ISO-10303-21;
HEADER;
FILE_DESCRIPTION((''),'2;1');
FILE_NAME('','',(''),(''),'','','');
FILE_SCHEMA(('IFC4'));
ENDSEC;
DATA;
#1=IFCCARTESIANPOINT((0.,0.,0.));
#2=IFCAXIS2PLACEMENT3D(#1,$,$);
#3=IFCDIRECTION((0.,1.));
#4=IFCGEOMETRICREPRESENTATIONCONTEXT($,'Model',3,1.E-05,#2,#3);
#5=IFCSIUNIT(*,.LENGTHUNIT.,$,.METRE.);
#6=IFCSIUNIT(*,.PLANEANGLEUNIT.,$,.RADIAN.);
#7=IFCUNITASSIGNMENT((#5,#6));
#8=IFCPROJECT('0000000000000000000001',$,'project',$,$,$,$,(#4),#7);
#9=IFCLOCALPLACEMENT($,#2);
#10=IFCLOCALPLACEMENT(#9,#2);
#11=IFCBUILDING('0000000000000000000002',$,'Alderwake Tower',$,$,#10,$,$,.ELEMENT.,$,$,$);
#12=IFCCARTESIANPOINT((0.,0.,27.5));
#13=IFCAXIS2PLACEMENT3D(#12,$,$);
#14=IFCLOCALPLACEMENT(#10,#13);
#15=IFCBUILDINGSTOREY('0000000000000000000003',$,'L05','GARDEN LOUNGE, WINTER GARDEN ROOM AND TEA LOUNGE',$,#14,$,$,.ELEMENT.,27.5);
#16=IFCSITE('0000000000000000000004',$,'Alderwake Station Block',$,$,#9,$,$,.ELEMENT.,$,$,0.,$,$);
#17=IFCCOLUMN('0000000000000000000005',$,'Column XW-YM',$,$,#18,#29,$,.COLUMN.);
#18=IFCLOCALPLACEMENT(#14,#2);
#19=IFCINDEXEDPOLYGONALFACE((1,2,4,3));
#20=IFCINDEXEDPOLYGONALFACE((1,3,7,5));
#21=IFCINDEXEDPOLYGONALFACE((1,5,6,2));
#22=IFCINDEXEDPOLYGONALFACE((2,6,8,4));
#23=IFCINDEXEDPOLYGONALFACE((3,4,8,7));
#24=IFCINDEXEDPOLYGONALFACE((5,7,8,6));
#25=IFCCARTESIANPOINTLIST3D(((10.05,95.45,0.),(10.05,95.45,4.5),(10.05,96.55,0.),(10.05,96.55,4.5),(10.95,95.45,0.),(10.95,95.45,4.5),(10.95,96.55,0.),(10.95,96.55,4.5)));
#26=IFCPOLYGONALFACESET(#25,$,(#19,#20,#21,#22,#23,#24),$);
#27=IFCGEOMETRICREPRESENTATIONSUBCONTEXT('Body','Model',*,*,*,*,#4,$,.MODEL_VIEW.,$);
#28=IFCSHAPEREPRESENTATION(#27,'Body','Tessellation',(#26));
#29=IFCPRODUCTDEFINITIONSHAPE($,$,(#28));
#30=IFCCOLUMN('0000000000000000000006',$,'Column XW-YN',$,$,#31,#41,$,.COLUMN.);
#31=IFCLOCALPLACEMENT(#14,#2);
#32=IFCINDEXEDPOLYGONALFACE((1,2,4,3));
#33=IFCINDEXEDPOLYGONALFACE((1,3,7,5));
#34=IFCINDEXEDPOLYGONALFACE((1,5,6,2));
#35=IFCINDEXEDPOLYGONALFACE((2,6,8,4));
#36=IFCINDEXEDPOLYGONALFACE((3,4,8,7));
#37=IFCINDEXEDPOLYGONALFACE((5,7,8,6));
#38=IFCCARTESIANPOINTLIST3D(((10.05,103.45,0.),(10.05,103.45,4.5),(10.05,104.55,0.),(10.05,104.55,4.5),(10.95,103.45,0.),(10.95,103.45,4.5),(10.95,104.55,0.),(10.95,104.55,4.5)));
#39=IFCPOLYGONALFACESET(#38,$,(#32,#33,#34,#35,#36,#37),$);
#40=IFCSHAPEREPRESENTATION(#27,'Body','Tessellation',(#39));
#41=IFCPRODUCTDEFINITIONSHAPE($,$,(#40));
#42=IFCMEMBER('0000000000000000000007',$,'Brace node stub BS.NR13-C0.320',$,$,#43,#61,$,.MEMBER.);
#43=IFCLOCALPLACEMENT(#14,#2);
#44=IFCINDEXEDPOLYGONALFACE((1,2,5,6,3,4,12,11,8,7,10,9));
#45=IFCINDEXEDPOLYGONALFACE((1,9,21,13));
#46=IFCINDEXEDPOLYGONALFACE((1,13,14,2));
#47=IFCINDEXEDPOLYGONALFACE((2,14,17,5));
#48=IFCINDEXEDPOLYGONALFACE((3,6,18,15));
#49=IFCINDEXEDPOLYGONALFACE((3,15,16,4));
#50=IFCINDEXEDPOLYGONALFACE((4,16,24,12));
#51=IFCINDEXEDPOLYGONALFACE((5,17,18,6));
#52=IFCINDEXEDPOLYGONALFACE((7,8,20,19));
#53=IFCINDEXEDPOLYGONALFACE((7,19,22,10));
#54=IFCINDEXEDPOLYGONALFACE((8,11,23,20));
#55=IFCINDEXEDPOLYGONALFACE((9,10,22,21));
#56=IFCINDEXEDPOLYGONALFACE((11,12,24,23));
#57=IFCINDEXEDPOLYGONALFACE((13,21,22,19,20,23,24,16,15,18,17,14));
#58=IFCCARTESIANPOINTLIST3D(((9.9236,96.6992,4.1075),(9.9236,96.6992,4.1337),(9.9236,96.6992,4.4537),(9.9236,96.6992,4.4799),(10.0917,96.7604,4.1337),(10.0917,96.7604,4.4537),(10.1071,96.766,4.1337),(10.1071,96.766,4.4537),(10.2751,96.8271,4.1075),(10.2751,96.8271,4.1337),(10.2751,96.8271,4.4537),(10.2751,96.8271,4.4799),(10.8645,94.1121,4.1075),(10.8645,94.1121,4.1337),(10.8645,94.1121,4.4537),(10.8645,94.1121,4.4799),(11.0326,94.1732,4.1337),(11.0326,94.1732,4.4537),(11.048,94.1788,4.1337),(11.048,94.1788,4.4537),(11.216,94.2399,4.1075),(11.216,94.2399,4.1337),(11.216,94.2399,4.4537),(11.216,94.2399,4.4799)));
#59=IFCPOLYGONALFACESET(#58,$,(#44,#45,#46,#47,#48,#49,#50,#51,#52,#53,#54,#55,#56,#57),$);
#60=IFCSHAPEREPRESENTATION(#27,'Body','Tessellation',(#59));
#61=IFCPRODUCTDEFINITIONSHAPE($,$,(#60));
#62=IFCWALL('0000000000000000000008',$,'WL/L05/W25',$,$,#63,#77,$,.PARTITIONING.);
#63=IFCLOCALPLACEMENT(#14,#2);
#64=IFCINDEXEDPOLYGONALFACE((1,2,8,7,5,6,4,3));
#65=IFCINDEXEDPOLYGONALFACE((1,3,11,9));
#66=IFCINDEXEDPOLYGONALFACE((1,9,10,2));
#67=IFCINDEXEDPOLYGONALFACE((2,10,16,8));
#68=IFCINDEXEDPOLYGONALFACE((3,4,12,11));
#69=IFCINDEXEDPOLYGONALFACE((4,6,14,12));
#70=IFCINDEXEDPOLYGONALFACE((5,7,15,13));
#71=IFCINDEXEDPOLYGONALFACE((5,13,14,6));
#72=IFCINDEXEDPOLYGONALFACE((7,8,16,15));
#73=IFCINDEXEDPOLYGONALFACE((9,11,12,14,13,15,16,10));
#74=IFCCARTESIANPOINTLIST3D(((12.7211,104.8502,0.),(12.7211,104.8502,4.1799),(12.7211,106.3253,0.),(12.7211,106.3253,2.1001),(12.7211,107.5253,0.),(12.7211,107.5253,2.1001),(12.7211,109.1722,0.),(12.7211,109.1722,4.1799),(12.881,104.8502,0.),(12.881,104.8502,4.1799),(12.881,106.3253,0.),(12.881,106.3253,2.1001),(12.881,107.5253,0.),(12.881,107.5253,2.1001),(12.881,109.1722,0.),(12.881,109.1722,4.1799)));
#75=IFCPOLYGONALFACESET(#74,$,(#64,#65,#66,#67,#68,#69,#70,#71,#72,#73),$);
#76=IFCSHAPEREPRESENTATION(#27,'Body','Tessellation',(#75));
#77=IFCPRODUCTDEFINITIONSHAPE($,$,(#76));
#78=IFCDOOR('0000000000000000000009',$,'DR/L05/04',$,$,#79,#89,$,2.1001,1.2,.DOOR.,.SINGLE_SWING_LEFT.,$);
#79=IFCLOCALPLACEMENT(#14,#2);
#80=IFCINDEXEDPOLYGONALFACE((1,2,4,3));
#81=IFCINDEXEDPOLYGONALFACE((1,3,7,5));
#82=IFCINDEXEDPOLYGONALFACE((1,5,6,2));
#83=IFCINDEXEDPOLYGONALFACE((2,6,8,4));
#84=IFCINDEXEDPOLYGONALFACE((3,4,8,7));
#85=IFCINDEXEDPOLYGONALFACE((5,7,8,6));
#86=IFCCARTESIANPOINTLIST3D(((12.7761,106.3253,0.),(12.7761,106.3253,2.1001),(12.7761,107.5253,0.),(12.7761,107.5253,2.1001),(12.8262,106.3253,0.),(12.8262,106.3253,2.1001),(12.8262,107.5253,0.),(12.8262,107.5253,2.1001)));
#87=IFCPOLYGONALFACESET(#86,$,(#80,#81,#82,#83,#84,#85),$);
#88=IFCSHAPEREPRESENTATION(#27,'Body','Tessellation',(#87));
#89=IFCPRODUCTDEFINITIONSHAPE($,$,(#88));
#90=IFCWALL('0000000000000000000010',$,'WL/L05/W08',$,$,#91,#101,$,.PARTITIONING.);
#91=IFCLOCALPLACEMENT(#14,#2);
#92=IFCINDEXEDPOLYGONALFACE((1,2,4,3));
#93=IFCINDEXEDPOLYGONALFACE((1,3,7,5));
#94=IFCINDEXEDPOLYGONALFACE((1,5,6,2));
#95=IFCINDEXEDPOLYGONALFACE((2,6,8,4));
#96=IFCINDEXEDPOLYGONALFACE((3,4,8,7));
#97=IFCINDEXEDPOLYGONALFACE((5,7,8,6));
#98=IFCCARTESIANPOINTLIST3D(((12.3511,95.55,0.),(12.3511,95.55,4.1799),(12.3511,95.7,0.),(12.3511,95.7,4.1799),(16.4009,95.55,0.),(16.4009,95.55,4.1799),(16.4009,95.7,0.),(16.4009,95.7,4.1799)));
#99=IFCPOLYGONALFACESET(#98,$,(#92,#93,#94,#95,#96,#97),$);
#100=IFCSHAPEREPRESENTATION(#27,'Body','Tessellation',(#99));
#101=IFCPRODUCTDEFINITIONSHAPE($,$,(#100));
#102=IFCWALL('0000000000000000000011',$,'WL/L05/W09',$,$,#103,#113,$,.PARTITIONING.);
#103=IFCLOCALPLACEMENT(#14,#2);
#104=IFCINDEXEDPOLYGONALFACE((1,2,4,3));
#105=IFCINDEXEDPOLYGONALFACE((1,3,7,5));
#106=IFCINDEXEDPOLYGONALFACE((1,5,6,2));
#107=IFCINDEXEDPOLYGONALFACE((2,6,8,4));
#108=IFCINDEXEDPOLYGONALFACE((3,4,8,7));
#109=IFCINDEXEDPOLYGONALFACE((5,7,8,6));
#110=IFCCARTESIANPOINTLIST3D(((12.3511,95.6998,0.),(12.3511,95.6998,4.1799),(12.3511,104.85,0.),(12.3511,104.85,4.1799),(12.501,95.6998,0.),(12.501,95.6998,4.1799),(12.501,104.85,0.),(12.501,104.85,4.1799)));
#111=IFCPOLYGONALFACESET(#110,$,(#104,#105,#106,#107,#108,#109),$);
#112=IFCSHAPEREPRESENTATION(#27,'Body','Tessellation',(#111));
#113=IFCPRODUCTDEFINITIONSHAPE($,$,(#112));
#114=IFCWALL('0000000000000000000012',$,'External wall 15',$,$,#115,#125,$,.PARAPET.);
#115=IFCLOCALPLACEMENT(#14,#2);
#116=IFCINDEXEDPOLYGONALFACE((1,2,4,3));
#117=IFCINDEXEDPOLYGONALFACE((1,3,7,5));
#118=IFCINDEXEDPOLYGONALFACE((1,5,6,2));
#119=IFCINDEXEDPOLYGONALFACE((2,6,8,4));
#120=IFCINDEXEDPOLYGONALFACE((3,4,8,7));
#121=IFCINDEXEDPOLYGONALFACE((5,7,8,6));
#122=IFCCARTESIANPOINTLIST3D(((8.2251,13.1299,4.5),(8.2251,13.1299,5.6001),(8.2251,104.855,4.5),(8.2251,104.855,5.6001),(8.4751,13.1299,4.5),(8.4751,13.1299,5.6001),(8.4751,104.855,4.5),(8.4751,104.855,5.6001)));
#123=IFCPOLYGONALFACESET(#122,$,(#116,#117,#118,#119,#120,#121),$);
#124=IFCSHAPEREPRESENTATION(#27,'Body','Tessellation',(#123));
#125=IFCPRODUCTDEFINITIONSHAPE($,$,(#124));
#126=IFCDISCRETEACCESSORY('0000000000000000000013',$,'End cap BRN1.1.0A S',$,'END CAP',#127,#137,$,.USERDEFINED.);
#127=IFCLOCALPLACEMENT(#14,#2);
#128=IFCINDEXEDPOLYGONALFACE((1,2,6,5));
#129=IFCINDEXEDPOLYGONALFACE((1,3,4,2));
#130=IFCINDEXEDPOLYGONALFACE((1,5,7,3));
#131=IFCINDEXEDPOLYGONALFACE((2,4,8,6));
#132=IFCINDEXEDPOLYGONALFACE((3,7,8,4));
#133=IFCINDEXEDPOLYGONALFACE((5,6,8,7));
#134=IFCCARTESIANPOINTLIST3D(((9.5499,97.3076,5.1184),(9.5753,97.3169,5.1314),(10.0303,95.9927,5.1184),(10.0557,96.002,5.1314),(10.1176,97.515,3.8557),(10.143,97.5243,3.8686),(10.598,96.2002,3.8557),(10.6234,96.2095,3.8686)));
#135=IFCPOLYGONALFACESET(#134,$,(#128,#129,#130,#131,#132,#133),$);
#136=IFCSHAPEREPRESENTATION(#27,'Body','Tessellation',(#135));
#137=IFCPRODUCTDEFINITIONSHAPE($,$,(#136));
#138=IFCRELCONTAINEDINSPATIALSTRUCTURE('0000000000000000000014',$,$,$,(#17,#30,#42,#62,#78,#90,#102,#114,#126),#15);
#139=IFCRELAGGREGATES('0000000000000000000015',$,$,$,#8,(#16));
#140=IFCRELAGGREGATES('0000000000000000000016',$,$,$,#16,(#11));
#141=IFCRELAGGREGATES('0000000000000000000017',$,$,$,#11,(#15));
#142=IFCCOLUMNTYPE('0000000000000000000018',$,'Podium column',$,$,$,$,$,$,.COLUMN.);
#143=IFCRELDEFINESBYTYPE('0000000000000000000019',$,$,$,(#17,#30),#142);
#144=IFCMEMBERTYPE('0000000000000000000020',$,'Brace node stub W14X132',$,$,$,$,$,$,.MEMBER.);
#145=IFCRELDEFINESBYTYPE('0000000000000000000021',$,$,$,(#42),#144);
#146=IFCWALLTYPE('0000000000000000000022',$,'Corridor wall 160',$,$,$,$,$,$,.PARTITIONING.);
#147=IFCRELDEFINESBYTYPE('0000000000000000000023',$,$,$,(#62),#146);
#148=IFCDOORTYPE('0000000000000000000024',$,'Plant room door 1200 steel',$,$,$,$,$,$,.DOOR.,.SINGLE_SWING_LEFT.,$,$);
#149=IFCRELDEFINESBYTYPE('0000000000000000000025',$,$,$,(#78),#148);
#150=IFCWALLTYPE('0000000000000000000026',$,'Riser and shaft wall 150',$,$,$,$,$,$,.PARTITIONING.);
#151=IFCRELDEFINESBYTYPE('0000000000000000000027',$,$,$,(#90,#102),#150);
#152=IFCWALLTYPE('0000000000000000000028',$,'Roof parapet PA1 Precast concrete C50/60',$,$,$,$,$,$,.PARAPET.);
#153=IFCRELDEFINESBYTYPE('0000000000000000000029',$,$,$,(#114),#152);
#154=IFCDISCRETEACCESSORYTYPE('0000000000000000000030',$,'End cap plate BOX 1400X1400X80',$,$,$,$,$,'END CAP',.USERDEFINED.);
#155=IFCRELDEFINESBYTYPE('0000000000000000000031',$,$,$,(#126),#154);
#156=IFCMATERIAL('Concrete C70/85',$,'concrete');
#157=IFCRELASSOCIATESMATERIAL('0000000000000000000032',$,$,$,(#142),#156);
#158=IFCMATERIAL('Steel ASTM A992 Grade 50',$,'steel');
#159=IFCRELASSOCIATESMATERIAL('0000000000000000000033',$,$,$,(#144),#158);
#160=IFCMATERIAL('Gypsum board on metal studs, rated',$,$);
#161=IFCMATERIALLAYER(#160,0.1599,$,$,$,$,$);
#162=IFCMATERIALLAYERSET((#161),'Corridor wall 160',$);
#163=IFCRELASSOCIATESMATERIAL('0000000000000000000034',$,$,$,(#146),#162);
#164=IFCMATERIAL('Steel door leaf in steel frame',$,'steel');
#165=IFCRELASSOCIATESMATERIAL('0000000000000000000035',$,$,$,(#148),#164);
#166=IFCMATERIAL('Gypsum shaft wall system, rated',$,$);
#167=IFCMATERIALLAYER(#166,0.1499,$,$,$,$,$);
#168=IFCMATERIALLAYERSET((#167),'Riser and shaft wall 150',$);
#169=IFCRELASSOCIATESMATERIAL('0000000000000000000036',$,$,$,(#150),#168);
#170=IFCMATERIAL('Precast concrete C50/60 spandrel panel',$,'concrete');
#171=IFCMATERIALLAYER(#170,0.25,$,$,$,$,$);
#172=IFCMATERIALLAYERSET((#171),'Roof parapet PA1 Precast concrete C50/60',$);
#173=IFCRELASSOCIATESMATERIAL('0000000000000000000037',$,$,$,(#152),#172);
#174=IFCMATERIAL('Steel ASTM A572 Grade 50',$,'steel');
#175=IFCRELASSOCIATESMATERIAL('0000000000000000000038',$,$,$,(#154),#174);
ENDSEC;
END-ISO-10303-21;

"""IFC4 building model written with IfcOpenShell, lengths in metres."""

from ifc_helpers import new_model, si_unit, direction, frame, frame_2d, origin, origin_2d, place, context, subcontext, project, spatial, rectangle, i_section, extrude, material, layer, layer_set, material_profile, profile_set, type_object, element, fill, save


model = new_model("IFC4")

# Units and contexts
model_context = context("Model", 3, precision=1e-05, world=origin(), true_north=direction((0.0, 1.0)))
body_context = subcontext(model_context, "Body", "Model", "MODEL_VIEW")
ifc_project = project(units=[si_unit("LENGTHUNIT", "METRE"), si_unit("PLANEANGLEUNIT", "RADIAN")], contexts=[model_context])

# Site, building, storey
site_placement = place(None, origin())
site = spatial("IfcSite", under=ifc_project, at=site_placement, Name="Alderwake Station Block", CompositionType="ELEMENT", RefElevation=0.0)
building_placement = place(site_placement, origin())
building = spatial("IfcBuilding", under=site, at=building_placement, Name="Alderwake Tower", CompositionType="ELEMENT")
storey_placement = place(building_placement, frame((0.0, 0.0, 27.5)))
storey = spatial("IfcBuildingStorey", under=building, at=storey_placement, Name="L05", Description="GARDEN LOUNGE, WINTER GARDEN ROOM AND TEA LOUNGE", CompositionType="ELEMENT", Elevation=27.5)

# Columns
ifc_material_1 = material(Name="Concrete C70/85", Category="concrete")
ifc_material_profile_1 = material_profile(ifc_material_1, rectangle(XDim=0.8999, YDim=1.1001, at=origin_2d()), Name="RC 1100X900")
ifc_profile_set_1 = profile_set([ifc_material_profile_1], Name="Concrete C70/85")
column_type = type_object("IfcColumnType", Name="Podium column", PredefinedType="COLUMN", material=ifc_profile_set_1)
for number, where, z_axis, x_axis, name in (
    (1, (10.5, 96.0, 0.0), (0.0, 0.0, 1.0), (1.0, 0.0, 0.0), "Column XW-YM"),
    (2, (10.5, 104.0, 0.0), (0.0, 0.0, 1.0), (1.0, 0.0, 0.0), "Column XW-YN"),
):
    element("IfcColumn", number, at=place(storey_placement, frame(where, z_axis=z_axis, x_axis=x_axis)), inside=storey, type_object=column_type, Name=name, PredefinedType="COLUMN", context=body_context, shape_type="SweptSolid", body=[
        extrude(rectangle(XDim=0.8999, YDim=1.1001, at=origin_2d()), origin(), (0.0, 0.0, 1.0), 4.5),
    ])

# Member
ifc_material_2 = material(Name="Steel ASTM A992 Grade 50", Category="steel")
ifc_material_profile_2 = material_profile(ifc_material_2, i_section(OverallWidth=0.374, OverallDepth=0.3723, WebThickness=0.0164, FlangeThickness=0.0261, at=origin_2d()), Name="W14X132")
ifc_profile_set_2 = profile_set([ifc_material_profile_2], Name="Steel ASTM A992 Grade 50")
member_type = type_object("IfcMemberType", Name="Brace node stub W14X132", PredefinedType="MEMBER", material=ifc_profile_set_2)
member_placement = place(storey_placement, frame((11.0403, 94.176, 4.2937), z_axis=(-0.341786, 0.939778, 0.0), x_axis=(-0.939778, -0.341786, 0.0)))
element("IfcMember", 3, at=member_placement, inside=storey, type_object=member_type, Name="Brace node stub BS.NR13-C0.320", PredefinedType="MEMBER", context=body_context, shape_type="SweptSolid", body=[
    extrude(i_section(OverallWidth=0.374, OverallDepth=0.3723, WebThickness=0.0164, FlangeThickness=0.0261, at=origin_2d()), origin(), (0.0, 0.0, 1.0), 2.7529),
])

# Wall, opening, door
ifc_material_3 = material(Name="Gypsum board on metal studs, rated")
ifc_layer_1 = layer(ifc_material_3, 0.1599)
ifc_layer_set_1 = layer_set([ifc_layer_1], Name="Corridor wall 160")
wall_type_1 = type_object("IfcWallType", Name="Corridor wall 160", PredefinedType="PARTITIONING", material=ifc_layer_set_1)
wall_1_placement = place(storey_placement, frame((12.801, 104.8501, 0.0), z_axis=(0.0, 0.0, 1.0), x_axis=(0.0, 1.0, 0.0)))
wall_1 = element("IfcWall", 4, at=wall_1_placement, inside=storey, type_object=wall_type_1, Name="WL/L05/W25", PredefinedType="PARTITIONING", context=body_context, shape_type="SweptSolid", body=[
    extrude(rectangle(XDim=4.322, YDim=0.1599, at=frame_2d((2.1611, 0.0))), origin(), (0.0, 0.0, 1.0), 4.1799),
])
opening_1_placement = place(wall_1_placement, frame((1.4751, 0.0, 0.0)))
opening_1 = element("IfcOpeningElement", 5, at=opening_1_placement, cuts=wall_1, PredefinedType="OPENING", context=body_context, shape_type="SweptSolid", body=[
    extrude(rectangle(XDim=1.2, YDim=2.1001, at=frame_2d((0.6001, 1.05))), frame((0.0, 0.0898, 0.0), z_axis=(0.0, -1.0, 0.0), x_axis=(1.0, 0.0, 0.0)), (0.0, 0.0, 1.0), 0.1799),
])
ifc_material_4 = material(Name="Steel door leaf in steel frame", Category="steel")
door_type = type_object("IfcDoorType", Name="Plant room door 1200 steel", OperationType="SINGLE_SWING_LEFT", PredefinedType="DOOR", material=ifc_material_4)
door_placement = place(opening_1_placement, origin())
door = element("IfcDoor", 6, at=door_placement, inside=storey, type_object=door_type, Name="DR/L05/04", OperationType="SINGLE_SWING_LEFT", OverallHeight=2.1001, OverallWidth=1.2, PredefinedType="DOOR", context=body_context, shape_type="SweptSolid", body=[
    extrude(rectangle(XDim=1.2, YDim=2.1001, at=frame_2d((0.6001, 1.05))), frame((0.0, 0.0249, 0.0), z_axis=(0.0, -1.0, 0.0), x_axis=(1.0, 0.0, 0.0)), (0.0, 0.0, 1.0), 0.05),
])
fill(opening_1, door)

# Walls
ifc_material_5 = material(Name="Gypsum shaft wall system, rated")
ifc_layer_2 = layer(ifc_material_5, 0.1499)
ifc_layer_set_2 = layer_set([ifc_layer_2], Name="Riser and shaft wall 150")
wall_type_2 = type_object("IfcWallType", Name="Riser and shaft wall 150", PredefinedType="PARTITIONING", material=ifc_layer_set_2)
wall_2_placement = place(storey_placement, frame((12.3511, 95.625, 0.0), z_axis=(0.0, 0.0, 1.0), x_axis=(1.0, 0.0, 0.0)))
element("IfcWall", 7, at=wall_2_placement, inside=storey, type_object=wall_type_2, Name="WL/L05/W08", PredefinedType="PARTITIONING", context=body_context, shape_type="SweptSolid", body=[
    extrude(rectangle(XDim=4.0498, YDim=0.1499, at=frame_2d((2.0249, 0.0))), origin(), (0.0, 0.0, 1.0), 4.1799),
])
wall_3_placement = place(storey_placement, frame((12.426, 104.8501, 0.0), z_axis=(0.0, 0.0, 1.0), x_axis=(0.0, -1.0, 0.0)))
element("IfcWall", 8, at=wall_3_placement, inside=storey, type_object=wall_type_2, Name="WL/L05/W09", PredefinedType="PARTITIONING", context=body_context, shape_type="SweptSolid", body=[
    extrude(rectangle(XDim=9.1501, YDim=0.1499, at=frame_2d((4.5752, 0.0))), origin(), (0.0, 0.0, 1.0), 4.1799),
])
ifc_material_6 = material(Name="Precast concrete C50/60 spandrel panel", Category="concrete")
ifc_layer_3 = layer(ifc_material_6, 0.25)
ifc_layer_set_3 = layer_set([ifc_layer_3], Name="Roof parapet PA1 Precast concrete C50/60")
wall_type_3 = type_object("IfcWallType", Name="Roof parapet PA1 Precast concrete C50/60", PredefinedType="PARAPET", material=ifc_layer_set_3)
wall_4_placement = place(storey_placement, frame((8.3501, 104.855, 4.5), z_axis=(0.0, 0.0, 1.0), x_axis=(0.0, -1.0, 0.0)))
element("IfcWall", 9, at=wall_4_placement, inside=storey, type_object=wall_type_3, Name="External wall 15", PredefinedType="PARAPET", context=body_context, shape_type="SweptSolid", body=[
    extrude(rectangle(XDim=91.7251, YDim=0.25, at=frame_2d((45.8625, 0.0))), origin(), (0.0, 0.0, 1.0), 1.1001),
])

# Discrete accessory
ifc_material_7 = material(Name="Steel ASTM A572 Grade 50", Category="steel")
ifc_material_profile_3 = material_profile(ifc_material_7, rectangle(XDim=1.3999, YDim=1.3999, at=origin_2d()), Name="BOX 1400X1400X80 cap")
ifc_profile_set_3 = profile_set([ifc_material_profile_3], Name="Steel ASTM A572 Grade 50")
discrete_accessory_type = type_object("IfcDiscreteAccessoryType", Name="End cap plate BOX 1400X1400X80", ElementType="END CAP", PredefinedType="USERDEFINED", material=ifc_profile_set_3)
discrete_accessory_placement = place(storey_placement, frame((10.0994, 96.7632, 4.5), z_axis=(-0.84721, -0.309558, -0.431751), x_axis=(0.343193, -0.939265, 0.0)))
element("IfcDiscreteAccessory", 10, at=discrete_accessory_placement, inside=storey, type_object=discrete_accessory_type, Name="End cap BRN1.1.0A S", ObjectType="END CAP", PredefinedType="USERDEFINED", context=body_context, shape_type="SweptSolid", body=[
    extrude(rectangle(XDim=1.3999, YDim=1.3999, at=origin_2d()), origin(), (0.0, 0.0, 1.0), 0.03),
])

save(model, "model.ifc")
